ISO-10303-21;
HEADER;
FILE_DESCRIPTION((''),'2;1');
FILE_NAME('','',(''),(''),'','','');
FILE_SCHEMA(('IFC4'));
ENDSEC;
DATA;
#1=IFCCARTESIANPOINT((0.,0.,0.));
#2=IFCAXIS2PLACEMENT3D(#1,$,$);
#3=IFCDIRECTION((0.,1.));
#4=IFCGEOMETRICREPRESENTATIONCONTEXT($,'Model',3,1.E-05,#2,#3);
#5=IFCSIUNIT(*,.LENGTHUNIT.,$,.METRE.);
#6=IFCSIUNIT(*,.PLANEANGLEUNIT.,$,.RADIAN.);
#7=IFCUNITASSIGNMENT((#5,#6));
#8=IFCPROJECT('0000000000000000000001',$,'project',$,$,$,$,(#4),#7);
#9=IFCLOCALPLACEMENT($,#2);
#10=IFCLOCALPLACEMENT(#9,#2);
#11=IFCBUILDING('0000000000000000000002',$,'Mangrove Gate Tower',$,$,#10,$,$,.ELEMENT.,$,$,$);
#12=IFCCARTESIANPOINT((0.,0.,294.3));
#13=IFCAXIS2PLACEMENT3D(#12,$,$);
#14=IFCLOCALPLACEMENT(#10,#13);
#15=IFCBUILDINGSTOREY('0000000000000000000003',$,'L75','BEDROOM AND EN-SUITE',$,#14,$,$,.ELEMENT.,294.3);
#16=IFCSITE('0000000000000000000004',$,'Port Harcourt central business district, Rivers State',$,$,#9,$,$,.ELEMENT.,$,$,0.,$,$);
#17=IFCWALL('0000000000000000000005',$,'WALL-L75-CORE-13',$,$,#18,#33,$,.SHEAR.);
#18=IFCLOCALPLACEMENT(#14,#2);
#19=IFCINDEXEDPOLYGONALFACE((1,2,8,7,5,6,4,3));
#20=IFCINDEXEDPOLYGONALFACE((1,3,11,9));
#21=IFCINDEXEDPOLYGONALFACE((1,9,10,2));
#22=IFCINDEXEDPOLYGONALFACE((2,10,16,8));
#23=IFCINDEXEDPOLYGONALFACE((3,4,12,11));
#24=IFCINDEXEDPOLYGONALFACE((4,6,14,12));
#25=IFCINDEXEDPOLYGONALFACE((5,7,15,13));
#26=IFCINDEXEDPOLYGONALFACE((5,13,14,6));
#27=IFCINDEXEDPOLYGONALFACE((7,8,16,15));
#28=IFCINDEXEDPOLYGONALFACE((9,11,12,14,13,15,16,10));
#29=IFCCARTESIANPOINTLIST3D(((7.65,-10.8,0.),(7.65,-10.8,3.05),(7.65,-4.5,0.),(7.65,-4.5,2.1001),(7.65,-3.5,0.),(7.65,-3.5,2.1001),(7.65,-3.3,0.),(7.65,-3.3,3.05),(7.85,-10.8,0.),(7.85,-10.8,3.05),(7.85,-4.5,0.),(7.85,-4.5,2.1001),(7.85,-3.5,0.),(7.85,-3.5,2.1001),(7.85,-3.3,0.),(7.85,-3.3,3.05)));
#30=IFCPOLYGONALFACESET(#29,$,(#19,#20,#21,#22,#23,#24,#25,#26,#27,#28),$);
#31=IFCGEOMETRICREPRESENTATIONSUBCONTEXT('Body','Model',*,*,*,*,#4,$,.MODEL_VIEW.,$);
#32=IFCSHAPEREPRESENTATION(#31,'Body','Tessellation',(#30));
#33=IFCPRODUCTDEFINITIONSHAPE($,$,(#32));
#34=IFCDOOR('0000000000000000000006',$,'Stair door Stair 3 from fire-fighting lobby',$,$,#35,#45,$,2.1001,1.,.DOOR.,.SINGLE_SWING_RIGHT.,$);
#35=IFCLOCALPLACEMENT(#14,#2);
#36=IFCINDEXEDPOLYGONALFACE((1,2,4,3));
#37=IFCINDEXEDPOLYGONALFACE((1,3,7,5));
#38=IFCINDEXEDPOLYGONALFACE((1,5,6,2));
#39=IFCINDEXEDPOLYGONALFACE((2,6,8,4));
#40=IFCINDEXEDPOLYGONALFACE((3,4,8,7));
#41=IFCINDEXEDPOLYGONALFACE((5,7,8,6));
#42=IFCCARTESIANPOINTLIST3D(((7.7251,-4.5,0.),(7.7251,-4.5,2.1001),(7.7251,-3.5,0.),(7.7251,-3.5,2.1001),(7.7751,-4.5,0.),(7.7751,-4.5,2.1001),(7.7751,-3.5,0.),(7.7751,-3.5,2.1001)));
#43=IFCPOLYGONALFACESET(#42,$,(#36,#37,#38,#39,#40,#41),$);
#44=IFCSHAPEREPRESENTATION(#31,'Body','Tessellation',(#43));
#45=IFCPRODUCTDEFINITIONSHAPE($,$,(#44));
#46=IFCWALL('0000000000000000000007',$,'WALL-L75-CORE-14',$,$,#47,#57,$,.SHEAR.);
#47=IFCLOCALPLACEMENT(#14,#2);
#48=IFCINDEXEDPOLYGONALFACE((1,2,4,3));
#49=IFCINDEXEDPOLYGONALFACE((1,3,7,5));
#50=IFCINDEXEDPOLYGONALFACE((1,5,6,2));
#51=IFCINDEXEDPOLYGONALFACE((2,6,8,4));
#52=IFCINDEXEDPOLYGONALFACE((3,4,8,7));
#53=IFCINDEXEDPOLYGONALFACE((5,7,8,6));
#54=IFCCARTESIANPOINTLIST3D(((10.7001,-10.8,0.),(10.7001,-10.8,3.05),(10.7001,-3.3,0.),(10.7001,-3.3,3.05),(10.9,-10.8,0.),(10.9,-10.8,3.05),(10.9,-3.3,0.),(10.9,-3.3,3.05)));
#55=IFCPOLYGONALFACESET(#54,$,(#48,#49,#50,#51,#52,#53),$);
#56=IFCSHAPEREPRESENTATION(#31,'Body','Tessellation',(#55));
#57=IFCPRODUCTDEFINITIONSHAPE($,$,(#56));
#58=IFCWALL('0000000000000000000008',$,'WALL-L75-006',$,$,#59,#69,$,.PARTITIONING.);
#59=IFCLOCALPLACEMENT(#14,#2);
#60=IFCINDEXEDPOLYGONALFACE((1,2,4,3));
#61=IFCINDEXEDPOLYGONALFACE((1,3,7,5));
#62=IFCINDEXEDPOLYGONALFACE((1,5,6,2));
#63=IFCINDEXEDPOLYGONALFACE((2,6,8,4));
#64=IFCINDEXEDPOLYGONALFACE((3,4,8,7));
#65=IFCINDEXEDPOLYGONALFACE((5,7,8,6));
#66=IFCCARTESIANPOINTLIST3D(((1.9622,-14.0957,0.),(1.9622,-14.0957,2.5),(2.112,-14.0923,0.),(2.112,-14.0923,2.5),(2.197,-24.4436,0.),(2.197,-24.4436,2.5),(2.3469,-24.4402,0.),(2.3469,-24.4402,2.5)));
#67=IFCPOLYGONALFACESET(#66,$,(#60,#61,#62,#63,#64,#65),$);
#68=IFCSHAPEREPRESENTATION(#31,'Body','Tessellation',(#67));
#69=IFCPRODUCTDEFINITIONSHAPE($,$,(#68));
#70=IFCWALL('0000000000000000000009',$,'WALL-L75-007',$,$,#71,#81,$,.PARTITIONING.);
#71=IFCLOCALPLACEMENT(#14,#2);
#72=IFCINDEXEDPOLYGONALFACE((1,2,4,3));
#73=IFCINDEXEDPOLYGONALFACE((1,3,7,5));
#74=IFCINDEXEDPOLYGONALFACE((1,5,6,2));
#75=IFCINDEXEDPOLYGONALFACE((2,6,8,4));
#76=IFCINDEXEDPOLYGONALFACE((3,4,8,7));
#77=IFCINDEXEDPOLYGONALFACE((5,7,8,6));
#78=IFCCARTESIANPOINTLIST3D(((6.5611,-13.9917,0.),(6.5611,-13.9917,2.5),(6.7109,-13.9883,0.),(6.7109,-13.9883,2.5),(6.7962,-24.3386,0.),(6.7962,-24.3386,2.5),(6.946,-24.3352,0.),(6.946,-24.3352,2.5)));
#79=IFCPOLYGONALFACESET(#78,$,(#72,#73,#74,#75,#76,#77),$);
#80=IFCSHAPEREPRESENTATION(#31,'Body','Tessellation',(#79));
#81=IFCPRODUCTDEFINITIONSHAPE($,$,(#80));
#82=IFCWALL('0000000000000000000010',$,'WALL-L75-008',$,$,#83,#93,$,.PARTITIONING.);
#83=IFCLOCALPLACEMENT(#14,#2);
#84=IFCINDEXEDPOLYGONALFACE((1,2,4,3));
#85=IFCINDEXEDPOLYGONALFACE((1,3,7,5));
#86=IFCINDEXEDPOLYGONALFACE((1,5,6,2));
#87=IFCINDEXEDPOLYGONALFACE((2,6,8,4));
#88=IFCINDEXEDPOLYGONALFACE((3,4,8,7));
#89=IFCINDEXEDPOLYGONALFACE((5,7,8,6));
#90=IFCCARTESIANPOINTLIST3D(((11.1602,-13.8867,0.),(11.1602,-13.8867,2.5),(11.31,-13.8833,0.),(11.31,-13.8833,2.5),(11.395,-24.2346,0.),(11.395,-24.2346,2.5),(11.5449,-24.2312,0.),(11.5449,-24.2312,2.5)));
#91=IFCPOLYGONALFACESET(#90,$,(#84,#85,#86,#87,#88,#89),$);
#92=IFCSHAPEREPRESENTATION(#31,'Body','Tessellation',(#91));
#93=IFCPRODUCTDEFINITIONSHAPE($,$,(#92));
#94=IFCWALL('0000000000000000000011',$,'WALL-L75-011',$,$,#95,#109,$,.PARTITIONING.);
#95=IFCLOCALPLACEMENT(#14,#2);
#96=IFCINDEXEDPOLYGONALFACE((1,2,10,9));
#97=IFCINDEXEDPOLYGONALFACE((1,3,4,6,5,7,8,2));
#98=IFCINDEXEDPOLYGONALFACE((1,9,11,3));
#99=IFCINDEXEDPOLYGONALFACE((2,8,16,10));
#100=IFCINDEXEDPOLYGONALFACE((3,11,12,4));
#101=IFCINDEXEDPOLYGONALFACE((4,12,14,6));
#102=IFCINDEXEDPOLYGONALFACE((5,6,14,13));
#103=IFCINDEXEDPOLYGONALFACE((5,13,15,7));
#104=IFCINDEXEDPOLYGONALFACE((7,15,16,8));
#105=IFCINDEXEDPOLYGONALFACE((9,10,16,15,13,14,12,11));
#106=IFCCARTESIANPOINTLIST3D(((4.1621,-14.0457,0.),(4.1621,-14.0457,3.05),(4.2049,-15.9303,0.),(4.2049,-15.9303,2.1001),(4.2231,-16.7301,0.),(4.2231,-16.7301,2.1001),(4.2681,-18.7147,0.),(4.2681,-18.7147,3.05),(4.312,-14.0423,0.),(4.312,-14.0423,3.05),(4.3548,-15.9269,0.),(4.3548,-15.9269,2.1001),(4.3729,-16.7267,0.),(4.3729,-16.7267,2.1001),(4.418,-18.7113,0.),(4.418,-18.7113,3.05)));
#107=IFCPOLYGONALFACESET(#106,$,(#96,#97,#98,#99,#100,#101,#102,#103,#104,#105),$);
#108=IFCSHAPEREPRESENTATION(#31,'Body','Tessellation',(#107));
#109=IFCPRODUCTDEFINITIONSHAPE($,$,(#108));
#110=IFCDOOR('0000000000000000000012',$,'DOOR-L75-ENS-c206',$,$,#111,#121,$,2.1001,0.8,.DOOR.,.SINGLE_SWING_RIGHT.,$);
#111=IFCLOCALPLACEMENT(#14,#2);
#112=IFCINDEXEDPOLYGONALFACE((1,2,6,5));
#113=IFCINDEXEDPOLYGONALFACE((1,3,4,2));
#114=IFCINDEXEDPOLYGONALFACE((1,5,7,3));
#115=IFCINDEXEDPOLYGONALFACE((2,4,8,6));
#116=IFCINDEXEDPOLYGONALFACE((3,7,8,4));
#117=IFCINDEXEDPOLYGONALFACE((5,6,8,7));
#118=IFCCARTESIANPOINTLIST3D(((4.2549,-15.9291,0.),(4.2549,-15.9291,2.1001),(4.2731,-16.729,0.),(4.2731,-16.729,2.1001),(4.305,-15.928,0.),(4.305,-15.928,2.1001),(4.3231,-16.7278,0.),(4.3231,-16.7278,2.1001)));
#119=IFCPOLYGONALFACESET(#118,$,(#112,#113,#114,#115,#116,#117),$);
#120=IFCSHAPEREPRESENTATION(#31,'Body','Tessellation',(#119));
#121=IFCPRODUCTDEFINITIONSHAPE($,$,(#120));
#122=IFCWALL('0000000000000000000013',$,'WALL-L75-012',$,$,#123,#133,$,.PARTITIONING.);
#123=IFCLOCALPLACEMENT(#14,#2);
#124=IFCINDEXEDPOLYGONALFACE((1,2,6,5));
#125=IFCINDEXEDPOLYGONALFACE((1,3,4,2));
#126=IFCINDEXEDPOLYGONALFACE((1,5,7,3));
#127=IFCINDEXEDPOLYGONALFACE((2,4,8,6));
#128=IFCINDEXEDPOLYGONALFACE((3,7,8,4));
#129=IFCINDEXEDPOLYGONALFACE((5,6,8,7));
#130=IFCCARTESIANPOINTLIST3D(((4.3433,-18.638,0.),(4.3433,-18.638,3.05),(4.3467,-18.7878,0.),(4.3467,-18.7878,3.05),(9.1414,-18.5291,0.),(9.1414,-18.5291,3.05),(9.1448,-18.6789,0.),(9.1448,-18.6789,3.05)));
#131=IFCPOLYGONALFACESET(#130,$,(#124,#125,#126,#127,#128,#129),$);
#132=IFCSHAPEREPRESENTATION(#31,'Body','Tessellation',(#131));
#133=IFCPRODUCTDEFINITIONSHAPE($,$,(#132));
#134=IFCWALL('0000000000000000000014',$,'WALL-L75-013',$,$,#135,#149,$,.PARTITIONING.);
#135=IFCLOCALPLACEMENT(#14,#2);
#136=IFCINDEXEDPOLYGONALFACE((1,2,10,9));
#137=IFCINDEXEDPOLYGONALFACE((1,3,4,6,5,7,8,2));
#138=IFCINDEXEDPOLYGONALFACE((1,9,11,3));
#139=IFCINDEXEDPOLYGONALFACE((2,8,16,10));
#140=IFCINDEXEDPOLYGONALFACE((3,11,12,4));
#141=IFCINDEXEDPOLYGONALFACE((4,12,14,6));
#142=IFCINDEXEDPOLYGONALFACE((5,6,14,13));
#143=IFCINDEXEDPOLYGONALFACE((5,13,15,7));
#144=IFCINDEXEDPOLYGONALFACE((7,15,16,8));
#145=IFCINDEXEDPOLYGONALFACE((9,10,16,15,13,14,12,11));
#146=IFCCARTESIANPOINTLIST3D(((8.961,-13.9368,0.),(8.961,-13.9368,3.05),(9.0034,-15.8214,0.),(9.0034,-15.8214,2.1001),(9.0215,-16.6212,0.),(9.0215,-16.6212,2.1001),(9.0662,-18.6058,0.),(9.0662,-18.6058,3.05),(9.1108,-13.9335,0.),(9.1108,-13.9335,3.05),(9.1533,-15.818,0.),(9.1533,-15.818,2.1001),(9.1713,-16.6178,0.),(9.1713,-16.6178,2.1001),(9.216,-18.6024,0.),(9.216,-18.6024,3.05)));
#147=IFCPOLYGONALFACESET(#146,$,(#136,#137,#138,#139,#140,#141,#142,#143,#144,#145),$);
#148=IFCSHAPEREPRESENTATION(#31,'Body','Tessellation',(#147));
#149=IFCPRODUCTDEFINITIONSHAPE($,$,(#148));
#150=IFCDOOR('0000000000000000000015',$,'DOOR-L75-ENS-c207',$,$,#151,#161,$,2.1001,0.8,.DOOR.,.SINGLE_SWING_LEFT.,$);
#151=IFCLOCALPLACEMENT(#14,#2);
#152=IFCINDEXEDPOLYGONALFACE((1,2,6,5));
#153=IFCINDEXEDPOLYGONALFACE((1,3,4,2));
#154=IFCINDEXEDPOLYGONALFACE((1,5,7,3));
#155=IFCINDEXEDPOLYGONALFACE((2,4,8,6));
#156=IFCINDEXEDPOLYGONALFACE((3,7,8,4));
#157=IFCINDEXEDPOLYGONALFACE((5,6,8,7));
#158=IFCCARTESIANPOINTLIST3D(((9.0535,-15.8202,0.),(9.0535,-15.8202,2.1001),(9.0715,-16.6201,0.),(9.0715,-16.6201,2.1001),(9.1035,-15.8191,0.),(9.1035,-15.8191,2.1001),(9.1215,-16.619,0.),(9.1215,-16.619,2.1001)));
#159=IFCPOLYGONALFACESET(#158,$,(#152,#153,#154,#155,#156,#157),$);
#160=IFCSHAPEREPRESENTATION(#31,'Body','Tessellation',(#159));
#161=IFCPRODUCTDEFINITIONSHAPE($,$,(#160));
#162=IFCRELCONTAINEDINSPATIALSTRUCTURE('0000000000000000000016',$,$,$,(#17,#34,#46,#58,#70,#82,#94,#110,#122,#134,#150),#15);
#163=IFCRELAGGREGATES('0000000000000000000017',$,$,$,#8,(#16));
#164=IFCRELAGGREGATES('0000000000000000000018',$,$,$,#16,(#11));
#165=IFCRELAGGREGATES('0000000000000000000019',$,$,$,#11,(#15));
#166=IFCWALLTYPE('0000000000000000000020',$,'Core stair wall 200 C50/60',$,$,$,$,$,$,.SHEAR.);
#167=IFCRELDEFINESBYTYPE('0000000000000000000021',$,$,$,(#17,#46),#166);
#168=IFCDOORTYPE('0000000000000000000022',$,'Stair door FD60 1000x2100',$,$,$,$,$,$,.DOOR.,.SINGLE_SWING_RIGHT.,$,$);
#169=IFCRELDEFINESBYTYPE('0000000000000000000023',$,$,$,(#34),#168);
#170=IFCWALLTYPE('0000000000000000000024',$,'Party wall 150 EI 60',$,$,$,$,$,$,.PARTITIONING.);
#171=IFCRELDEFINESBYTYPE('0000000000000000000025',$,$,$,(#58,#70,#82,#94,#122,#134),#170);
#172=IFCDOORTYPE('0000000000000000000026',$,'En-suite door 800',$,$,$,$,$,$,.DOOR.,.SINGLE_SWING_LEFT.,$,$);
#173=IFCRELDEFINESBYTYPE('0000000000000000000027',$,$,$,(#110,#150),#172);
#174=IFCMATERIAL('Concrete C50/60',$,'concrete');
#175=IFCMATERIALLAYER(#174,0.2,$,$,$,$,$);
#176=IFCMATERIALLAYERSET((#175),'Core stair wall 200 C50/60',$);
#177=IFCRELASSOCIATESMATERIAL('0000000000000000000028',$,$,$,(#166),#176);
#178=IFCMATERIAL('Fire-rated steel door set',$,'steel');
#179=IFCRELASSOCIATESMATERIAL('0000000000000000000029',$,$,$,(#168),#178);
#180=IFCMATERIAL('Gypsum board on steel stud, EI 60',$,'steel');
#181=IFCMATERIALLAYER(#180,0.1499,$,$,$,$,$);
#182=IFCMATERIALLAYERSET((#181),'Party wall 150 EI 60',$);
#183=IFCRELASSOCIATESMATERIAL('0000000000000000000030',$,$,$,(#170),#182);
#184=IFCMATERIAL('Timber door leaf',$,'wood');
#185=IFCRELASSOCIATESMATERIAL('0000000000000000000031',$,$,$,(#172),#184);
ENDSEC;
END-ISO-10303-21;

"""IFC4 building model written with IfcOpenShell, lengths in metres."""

from ifc_helpers import new_model, si_unit, direction, frame, frame_2d, origin, place, context, subcontext, project, spatial, rectangle, extrude, material, layer, layer_set, type_object, element, fill, save


model = new_model("IFC4")

# Units and contexts
model_context = context("Model", 3, precision=1e-05, world=origin(), true_north=direction((0.0, 1.0)))
body_context = subcontext(model_context, "Body", "Model", "MODEL_VIEW")
ifc_project = project(units=[si_unit("LENGTHUNIT", "METRE"), si_unit("PLANEANGLEUNIT", "RADIAN")], contexts=[model_context])

# Site, building, storey
site_placement = place(None, origin())
site = spatial("IfcSite", under=ifc_project, at=site_placement, Name="Port Harcourt central business district, Rivers State", CompositionType="ELEMENT", RefElevation=0.0)
building_placement = place(site_placement, origin())
building = spatial("IfcBuilding", under=site, at=building_placement, Name="Mangrove Gate Tower", CompositionType="ELEMENT")
storey_placement = place(building_placement, frame((0.0, 0.0, 294.3)))
storey = spatial("IfcBuildingStorey", under=building, at=storey_placement, Name="L75", Description="BEDROOM AND EN-SUITE", CompositionType="ELEMENT", Elevation=294.3)

# Wall, opening, door
ifc_material_1 = material(Name="Concrete C50/60", Category="concrete")
ifc_layer_1 = layer(ifc_material_1, 0.2)
ifc_layer_set_1 = layer_set([ifc_layer_1], Name="Core stair wall 200 C50/60")
wall_type_1 = type_object("IfcWallType", Name="Core stair wall 200 C50/60", PredefinedType="SHEAR", material=ifc_layer_set_1)
ifc_material_2 = material(Name="Fire-rated steel door set", Category="steel")
door_type_1 = type_object("IfcDoorType", Name="Stair door FD60 1000x2100", OperationType="SINGLE_SWING_RIGHT", PredefinedType="DOOR", material=ifc_material_2)
wall_1_placement = place(storey_placement, frame((7.75, -10.8, 0.0), z_axis=(0.0, 0.0, 1.0), x_axis=(0.0, 1.0, 0.0)))
wall_1 = element("IfcWall", 1, at=wall_1_placement, inside=storey, type_object=wall_type_1, Name="WALL-L75-CORE-13", PredefinedType="SHEAR", context=body_context, shape_type="SweptSolid", body=[
    extrude(rectangle(XDim=7.5, YDim=0.2, at=frame_2d((3.75, 0.0))), origin(), (0.0, 0.0, 1.0), 3.05),
])
opening_1_placement = place(wall_1_placement, frame((6.3, 0.0, 0.0)))
opening_1 = element("IfcOpeningElement", 2, at=opening_1_placement, cuts=wall_1, PredefinedType="OPENING", context=body_context, shape_type="SweptSolid", body=[
    extrude(rectangle(XDim=1.0, YDim=2.1001, at=frame_2d((0.5, 1.05))), frame((0.0, 0.1099, 0.0), z_axis=(0.0, -1.0, 0.0), x_axis=(1.0, 0.0, 0.0)), (0.0, 0.0, 1.0), 0.22),
])
door_1_placement = place(opening_1_placement, origin())
door_1 = element("IfcDoor", 3, at=door_1_placement, inside=storey, type_object=door_type_1, Name="Stair door Stair 3 from fire-fighting lobby", OperationType="SINGLE_SWING_RIGHT", OverallHeight=2.1001, OverallWidth=1.0, PredefinedType="DOOR", context=body_context, shape_type="SweptSolid", body=[
    extrude(rectangle(XDim=1.0, YDim=2.1001, at=frame_2d((0.5, 1.05))), frame((0.0, 0.0249, 0.0), z_axis=(0.0, -1.0, 0.0), x_axis=(1.0, 0.0, 0.0)), (0.0, 0.0, 1.0), 0.05),
])
fill(opening_1, door_1)

# Walls
wall_2_placement = place(storey_placement, frame((10.8, -10.8, 0.0), z_axis=(0.0, 0.0, 1.0), x_axis=(0.0, 1.0, 0.0)))
element("IfcWall", 4, at=wall_2_placement, inside=storey, type_object=wall_type_1, Name="WALL-L75-CORE-14", PredefinedType="SHEAR", context=body_context, shape_type="SweptSolid", body=[
    extrude(rectangle(XDim=7.5, YDim=0.2, at=frame_2d((3.75, 0.0))), origin(), (0.0, 0.0, 1.0), 3.05),
])
ifc_material_3 = material(Name="Gypsum board on steel stud, EI 60", Category="steel")
ifc_layer_2 = layer(ifc_material_3, 0.1499)
ifc_layer_set_2 = layer_set([ifc_layer_2], Name="Party wall 150 EI 60")
wall_type_2 = type_object("IfcWallType", Name="Party wall 150 EI 60", PredefinedType="PARTITIONING", material=ifc_layer_set_2)
wall_3_placement = place(storey_placement, frame((2.272, -24.4419, 0.0), z_axis=(0.0, 0.0, 1.0), x_axis=(-0.022691, 0.999743, 0.0)))
element("IfcWall", 5, at=wall_3_placement, inside=storey, type_object=wall_type_2, Name="WALL-L75-006", PredefinedType="PARTITIONING", context=body_context, shape_type="SweptSolid", body=[
    extrude(rectangle(XDim=10.3506, YDim=0.1499, at=frame_2d((5.1753, 0.0))), origin(), (0.0, 0.0, 1.0), 2.5),
])
wall_4_placement = place(storey_placement, frame((6.8711, -24.3369, 0.0), z_axis=(0.0, 0.0, 1.0), x_axis=(-0.022717, 0.999742, 0.0)))
element("IfcWall", 6, at=wall_4_placement, inside=storey, type_object=wall_type_2, Name="WALL-L75-007", PredefinedType="PARTITIONING", context=body_context, shape_type="SweptSolid", body=[
    extrude(rectangle(XDim=10.3496, YDim=0.1499, at=frame_2d((5.1748, 0.0))), origin(), (0.0, 0.0, 1.0), 2.5),
])
wall_5_placement = place(storey_placement, frame((11.47, -24.2329, 0.0), z_axis=(0.0, 0.0, 1.0), x_axis=(-0.022691, 0.999743, 0.0)))
element("IfcWall", 7, at=wall_5_placement, inside=storey, type_object=wall_type_2, Name="WALL-L75-008", PredefinedType="PARTITIONING", context=body_context, shape_type="SweptSolid", body=[
    extrude(rectangle(XDim=10.3506, YDim=0.1499, at=frame_2d((5.1753, 0.0))), origin(), (0.0, 0.0, 1.0), 2.5),
])

# Wall, opening, door
wall_6_placement = place(storey_placement, frame((4.343, -18.7129, 0.0), z_axis=(0.0, 0.0, 1.0), x_axis=(-0.022688, 0.999743, 0.0)))
wall_6 = element("IfcWall", 8, at=wall_6_placement, inside=storey, type_object=wall_type_2, Name="WALL-L75-011", PredefinedType="PARTITIONING", context=body_context, shape_type="SweptSolid", body=[
    extrude(rectangle(XDim=4.6702, YDim=0.1499, at=frame_2d((2.335, 0.0))), origin(), (0.0, 0.0, 1.0), 3.05),
])
opening_2_placement = place(wall_6_placement, frame((1.9851, 0.0, 0.0)))
opening_2 = element("IfcOpeningElement", 9, at=opening_2_placement, cuts=wall_6, PredefinedType="OPENING", context=body_context, shape_type="SweptSolid", body=[
    extrude(rectangle(XDim=0.8, YDim=2.1001, at=frame_2d((0.3999, 1.05))), frame((0.0, 0.085, 0.0), z_axis=(0.0, -1.0, 0.0), x_axis=(1.0, 0.0, 0.0)), (0.0, 0.0, 1.0), 0.1699),
])
ifc_material_4 = material(Name="Timber door leaf", Category="wood")
door_type_2 = type_object("IfcDoorType", Name="En-suite door 800", OperationType="SINGLE_SWING_LEFT", PredefinedType="DOOR", material=ifc_material_4)
door_2_placement = place(opening_2_placement, origin())
door_2 = element("IfcDoor", 10, at=door_2_placement, inside=storey, type_object=door_type_2, Name="DOOR-L75-ENS-c206", OperationType="SINGLE_SWING_RIGHT", OverallHeight=2.1001, OverallWidth=0.8, PredefinedType="DOOR", context=body_context, shape_type="SweptSolid", body=[
    extrude(rectangle(XDim=0.8, YDim=2.1001, at=frame_2d((0.3999, 1.05))), frame((0.0, 0.0249, 0.0), z_axis=(0.0, -1.0, 0.0), x_axis=(1.0, 0.0, 0.0)), (0.0, 0.0, 1.0), 0.05),
])
fill(opening_2, door_2)

# Wall
wall_7_placement = place(storey_placement, frame((4.345, -18.7129, 0.0), z_axis=(0.0, 0.0, 1.0), x_axis=(0.999743, 0.022688, 0.0)))
element("IfcWall", 11, at=wall_7_placement, inside=storey, type_object=wall_type_2, Name="WALL-L75-012", PredefinedType="PARTITIONING", context=body_context, shape_type="SweptSolid", body=[
    extrude(rectangle(XDim=4.7993, YDim=0.1499, at=frame_2d((2.3997, 0.0))), origin(), (0.0, 0.0, 1.0), 3.05),
])

# Wall, opening, door
wall_8_placement = place(storey_placement, frame((9.1411, -18.604, 0.0), z_axis=(0.0, 0.0, 1.0), x_axis=(-0.022531, 0.999746, 0.0)))
wall_8 = element("IfcWall", 12, at=wall_8_placement, inside=storey, type_object=wall_type_2, Name="WALL-L75-013", PredefinedType="PARTITIONING", context=body_context, shape_type="SweptSolid", body=[
    extrude(rectangle(XDim=4.6702, YDim=0.1499, at=frame_2d((2.335, 0.0))), origin(), (0.0, 0.0, 1.0), 3.05),
])
opening_3_placement = place(wall_8_placement, frame((1.9851, 0.0, 0.0)))
opening_3 = element("IfcOpeningElement", 13, at=opening_3_placement, cuts=wall_8, PredefinedType="OPENING", context=body_context, shape_type="SweptSolid", body=[
    extrude(rectangle(XDim=0.8, YDim=2.1001, at=frame_2d((0.3999, 1.05))), frame((0.0, 0.085, 0.0), z_axis=(0.0, -1.0, 0.0), x_axis=(1.0, 0.0, 0.0)), (0.0, 0.0, 1.0), 0.1699),
])
door_3_placement = place(opening_3_placement, origin())
door_3 = element("IfcDoor", 14, at=door_3_placement, inside=storey, type_object=door_type_2, Name="DOOR-L75-ENS-c207", OperationType="SINGLE_SWING_LEFT", OverallHeight=2.1001, OverallWidth=0.8, PredefinedType="DOOR", context=body_context, shape_type="SweptSolid", body=[
    extrude(rectangle(XDim=0.8, YDim=2.1001, at=frame_2d((0.3999, 1.05))), frame((0.0, 0.0249, 0.0), z_axis=(0.0, -1.0, 0.0), x_axis=(1.0, 0.0, 0.0)), (0.0, 0.0, 1.0), 0.05),
])
fill(opening_3, door_3)

save(model, "model.ifc")
